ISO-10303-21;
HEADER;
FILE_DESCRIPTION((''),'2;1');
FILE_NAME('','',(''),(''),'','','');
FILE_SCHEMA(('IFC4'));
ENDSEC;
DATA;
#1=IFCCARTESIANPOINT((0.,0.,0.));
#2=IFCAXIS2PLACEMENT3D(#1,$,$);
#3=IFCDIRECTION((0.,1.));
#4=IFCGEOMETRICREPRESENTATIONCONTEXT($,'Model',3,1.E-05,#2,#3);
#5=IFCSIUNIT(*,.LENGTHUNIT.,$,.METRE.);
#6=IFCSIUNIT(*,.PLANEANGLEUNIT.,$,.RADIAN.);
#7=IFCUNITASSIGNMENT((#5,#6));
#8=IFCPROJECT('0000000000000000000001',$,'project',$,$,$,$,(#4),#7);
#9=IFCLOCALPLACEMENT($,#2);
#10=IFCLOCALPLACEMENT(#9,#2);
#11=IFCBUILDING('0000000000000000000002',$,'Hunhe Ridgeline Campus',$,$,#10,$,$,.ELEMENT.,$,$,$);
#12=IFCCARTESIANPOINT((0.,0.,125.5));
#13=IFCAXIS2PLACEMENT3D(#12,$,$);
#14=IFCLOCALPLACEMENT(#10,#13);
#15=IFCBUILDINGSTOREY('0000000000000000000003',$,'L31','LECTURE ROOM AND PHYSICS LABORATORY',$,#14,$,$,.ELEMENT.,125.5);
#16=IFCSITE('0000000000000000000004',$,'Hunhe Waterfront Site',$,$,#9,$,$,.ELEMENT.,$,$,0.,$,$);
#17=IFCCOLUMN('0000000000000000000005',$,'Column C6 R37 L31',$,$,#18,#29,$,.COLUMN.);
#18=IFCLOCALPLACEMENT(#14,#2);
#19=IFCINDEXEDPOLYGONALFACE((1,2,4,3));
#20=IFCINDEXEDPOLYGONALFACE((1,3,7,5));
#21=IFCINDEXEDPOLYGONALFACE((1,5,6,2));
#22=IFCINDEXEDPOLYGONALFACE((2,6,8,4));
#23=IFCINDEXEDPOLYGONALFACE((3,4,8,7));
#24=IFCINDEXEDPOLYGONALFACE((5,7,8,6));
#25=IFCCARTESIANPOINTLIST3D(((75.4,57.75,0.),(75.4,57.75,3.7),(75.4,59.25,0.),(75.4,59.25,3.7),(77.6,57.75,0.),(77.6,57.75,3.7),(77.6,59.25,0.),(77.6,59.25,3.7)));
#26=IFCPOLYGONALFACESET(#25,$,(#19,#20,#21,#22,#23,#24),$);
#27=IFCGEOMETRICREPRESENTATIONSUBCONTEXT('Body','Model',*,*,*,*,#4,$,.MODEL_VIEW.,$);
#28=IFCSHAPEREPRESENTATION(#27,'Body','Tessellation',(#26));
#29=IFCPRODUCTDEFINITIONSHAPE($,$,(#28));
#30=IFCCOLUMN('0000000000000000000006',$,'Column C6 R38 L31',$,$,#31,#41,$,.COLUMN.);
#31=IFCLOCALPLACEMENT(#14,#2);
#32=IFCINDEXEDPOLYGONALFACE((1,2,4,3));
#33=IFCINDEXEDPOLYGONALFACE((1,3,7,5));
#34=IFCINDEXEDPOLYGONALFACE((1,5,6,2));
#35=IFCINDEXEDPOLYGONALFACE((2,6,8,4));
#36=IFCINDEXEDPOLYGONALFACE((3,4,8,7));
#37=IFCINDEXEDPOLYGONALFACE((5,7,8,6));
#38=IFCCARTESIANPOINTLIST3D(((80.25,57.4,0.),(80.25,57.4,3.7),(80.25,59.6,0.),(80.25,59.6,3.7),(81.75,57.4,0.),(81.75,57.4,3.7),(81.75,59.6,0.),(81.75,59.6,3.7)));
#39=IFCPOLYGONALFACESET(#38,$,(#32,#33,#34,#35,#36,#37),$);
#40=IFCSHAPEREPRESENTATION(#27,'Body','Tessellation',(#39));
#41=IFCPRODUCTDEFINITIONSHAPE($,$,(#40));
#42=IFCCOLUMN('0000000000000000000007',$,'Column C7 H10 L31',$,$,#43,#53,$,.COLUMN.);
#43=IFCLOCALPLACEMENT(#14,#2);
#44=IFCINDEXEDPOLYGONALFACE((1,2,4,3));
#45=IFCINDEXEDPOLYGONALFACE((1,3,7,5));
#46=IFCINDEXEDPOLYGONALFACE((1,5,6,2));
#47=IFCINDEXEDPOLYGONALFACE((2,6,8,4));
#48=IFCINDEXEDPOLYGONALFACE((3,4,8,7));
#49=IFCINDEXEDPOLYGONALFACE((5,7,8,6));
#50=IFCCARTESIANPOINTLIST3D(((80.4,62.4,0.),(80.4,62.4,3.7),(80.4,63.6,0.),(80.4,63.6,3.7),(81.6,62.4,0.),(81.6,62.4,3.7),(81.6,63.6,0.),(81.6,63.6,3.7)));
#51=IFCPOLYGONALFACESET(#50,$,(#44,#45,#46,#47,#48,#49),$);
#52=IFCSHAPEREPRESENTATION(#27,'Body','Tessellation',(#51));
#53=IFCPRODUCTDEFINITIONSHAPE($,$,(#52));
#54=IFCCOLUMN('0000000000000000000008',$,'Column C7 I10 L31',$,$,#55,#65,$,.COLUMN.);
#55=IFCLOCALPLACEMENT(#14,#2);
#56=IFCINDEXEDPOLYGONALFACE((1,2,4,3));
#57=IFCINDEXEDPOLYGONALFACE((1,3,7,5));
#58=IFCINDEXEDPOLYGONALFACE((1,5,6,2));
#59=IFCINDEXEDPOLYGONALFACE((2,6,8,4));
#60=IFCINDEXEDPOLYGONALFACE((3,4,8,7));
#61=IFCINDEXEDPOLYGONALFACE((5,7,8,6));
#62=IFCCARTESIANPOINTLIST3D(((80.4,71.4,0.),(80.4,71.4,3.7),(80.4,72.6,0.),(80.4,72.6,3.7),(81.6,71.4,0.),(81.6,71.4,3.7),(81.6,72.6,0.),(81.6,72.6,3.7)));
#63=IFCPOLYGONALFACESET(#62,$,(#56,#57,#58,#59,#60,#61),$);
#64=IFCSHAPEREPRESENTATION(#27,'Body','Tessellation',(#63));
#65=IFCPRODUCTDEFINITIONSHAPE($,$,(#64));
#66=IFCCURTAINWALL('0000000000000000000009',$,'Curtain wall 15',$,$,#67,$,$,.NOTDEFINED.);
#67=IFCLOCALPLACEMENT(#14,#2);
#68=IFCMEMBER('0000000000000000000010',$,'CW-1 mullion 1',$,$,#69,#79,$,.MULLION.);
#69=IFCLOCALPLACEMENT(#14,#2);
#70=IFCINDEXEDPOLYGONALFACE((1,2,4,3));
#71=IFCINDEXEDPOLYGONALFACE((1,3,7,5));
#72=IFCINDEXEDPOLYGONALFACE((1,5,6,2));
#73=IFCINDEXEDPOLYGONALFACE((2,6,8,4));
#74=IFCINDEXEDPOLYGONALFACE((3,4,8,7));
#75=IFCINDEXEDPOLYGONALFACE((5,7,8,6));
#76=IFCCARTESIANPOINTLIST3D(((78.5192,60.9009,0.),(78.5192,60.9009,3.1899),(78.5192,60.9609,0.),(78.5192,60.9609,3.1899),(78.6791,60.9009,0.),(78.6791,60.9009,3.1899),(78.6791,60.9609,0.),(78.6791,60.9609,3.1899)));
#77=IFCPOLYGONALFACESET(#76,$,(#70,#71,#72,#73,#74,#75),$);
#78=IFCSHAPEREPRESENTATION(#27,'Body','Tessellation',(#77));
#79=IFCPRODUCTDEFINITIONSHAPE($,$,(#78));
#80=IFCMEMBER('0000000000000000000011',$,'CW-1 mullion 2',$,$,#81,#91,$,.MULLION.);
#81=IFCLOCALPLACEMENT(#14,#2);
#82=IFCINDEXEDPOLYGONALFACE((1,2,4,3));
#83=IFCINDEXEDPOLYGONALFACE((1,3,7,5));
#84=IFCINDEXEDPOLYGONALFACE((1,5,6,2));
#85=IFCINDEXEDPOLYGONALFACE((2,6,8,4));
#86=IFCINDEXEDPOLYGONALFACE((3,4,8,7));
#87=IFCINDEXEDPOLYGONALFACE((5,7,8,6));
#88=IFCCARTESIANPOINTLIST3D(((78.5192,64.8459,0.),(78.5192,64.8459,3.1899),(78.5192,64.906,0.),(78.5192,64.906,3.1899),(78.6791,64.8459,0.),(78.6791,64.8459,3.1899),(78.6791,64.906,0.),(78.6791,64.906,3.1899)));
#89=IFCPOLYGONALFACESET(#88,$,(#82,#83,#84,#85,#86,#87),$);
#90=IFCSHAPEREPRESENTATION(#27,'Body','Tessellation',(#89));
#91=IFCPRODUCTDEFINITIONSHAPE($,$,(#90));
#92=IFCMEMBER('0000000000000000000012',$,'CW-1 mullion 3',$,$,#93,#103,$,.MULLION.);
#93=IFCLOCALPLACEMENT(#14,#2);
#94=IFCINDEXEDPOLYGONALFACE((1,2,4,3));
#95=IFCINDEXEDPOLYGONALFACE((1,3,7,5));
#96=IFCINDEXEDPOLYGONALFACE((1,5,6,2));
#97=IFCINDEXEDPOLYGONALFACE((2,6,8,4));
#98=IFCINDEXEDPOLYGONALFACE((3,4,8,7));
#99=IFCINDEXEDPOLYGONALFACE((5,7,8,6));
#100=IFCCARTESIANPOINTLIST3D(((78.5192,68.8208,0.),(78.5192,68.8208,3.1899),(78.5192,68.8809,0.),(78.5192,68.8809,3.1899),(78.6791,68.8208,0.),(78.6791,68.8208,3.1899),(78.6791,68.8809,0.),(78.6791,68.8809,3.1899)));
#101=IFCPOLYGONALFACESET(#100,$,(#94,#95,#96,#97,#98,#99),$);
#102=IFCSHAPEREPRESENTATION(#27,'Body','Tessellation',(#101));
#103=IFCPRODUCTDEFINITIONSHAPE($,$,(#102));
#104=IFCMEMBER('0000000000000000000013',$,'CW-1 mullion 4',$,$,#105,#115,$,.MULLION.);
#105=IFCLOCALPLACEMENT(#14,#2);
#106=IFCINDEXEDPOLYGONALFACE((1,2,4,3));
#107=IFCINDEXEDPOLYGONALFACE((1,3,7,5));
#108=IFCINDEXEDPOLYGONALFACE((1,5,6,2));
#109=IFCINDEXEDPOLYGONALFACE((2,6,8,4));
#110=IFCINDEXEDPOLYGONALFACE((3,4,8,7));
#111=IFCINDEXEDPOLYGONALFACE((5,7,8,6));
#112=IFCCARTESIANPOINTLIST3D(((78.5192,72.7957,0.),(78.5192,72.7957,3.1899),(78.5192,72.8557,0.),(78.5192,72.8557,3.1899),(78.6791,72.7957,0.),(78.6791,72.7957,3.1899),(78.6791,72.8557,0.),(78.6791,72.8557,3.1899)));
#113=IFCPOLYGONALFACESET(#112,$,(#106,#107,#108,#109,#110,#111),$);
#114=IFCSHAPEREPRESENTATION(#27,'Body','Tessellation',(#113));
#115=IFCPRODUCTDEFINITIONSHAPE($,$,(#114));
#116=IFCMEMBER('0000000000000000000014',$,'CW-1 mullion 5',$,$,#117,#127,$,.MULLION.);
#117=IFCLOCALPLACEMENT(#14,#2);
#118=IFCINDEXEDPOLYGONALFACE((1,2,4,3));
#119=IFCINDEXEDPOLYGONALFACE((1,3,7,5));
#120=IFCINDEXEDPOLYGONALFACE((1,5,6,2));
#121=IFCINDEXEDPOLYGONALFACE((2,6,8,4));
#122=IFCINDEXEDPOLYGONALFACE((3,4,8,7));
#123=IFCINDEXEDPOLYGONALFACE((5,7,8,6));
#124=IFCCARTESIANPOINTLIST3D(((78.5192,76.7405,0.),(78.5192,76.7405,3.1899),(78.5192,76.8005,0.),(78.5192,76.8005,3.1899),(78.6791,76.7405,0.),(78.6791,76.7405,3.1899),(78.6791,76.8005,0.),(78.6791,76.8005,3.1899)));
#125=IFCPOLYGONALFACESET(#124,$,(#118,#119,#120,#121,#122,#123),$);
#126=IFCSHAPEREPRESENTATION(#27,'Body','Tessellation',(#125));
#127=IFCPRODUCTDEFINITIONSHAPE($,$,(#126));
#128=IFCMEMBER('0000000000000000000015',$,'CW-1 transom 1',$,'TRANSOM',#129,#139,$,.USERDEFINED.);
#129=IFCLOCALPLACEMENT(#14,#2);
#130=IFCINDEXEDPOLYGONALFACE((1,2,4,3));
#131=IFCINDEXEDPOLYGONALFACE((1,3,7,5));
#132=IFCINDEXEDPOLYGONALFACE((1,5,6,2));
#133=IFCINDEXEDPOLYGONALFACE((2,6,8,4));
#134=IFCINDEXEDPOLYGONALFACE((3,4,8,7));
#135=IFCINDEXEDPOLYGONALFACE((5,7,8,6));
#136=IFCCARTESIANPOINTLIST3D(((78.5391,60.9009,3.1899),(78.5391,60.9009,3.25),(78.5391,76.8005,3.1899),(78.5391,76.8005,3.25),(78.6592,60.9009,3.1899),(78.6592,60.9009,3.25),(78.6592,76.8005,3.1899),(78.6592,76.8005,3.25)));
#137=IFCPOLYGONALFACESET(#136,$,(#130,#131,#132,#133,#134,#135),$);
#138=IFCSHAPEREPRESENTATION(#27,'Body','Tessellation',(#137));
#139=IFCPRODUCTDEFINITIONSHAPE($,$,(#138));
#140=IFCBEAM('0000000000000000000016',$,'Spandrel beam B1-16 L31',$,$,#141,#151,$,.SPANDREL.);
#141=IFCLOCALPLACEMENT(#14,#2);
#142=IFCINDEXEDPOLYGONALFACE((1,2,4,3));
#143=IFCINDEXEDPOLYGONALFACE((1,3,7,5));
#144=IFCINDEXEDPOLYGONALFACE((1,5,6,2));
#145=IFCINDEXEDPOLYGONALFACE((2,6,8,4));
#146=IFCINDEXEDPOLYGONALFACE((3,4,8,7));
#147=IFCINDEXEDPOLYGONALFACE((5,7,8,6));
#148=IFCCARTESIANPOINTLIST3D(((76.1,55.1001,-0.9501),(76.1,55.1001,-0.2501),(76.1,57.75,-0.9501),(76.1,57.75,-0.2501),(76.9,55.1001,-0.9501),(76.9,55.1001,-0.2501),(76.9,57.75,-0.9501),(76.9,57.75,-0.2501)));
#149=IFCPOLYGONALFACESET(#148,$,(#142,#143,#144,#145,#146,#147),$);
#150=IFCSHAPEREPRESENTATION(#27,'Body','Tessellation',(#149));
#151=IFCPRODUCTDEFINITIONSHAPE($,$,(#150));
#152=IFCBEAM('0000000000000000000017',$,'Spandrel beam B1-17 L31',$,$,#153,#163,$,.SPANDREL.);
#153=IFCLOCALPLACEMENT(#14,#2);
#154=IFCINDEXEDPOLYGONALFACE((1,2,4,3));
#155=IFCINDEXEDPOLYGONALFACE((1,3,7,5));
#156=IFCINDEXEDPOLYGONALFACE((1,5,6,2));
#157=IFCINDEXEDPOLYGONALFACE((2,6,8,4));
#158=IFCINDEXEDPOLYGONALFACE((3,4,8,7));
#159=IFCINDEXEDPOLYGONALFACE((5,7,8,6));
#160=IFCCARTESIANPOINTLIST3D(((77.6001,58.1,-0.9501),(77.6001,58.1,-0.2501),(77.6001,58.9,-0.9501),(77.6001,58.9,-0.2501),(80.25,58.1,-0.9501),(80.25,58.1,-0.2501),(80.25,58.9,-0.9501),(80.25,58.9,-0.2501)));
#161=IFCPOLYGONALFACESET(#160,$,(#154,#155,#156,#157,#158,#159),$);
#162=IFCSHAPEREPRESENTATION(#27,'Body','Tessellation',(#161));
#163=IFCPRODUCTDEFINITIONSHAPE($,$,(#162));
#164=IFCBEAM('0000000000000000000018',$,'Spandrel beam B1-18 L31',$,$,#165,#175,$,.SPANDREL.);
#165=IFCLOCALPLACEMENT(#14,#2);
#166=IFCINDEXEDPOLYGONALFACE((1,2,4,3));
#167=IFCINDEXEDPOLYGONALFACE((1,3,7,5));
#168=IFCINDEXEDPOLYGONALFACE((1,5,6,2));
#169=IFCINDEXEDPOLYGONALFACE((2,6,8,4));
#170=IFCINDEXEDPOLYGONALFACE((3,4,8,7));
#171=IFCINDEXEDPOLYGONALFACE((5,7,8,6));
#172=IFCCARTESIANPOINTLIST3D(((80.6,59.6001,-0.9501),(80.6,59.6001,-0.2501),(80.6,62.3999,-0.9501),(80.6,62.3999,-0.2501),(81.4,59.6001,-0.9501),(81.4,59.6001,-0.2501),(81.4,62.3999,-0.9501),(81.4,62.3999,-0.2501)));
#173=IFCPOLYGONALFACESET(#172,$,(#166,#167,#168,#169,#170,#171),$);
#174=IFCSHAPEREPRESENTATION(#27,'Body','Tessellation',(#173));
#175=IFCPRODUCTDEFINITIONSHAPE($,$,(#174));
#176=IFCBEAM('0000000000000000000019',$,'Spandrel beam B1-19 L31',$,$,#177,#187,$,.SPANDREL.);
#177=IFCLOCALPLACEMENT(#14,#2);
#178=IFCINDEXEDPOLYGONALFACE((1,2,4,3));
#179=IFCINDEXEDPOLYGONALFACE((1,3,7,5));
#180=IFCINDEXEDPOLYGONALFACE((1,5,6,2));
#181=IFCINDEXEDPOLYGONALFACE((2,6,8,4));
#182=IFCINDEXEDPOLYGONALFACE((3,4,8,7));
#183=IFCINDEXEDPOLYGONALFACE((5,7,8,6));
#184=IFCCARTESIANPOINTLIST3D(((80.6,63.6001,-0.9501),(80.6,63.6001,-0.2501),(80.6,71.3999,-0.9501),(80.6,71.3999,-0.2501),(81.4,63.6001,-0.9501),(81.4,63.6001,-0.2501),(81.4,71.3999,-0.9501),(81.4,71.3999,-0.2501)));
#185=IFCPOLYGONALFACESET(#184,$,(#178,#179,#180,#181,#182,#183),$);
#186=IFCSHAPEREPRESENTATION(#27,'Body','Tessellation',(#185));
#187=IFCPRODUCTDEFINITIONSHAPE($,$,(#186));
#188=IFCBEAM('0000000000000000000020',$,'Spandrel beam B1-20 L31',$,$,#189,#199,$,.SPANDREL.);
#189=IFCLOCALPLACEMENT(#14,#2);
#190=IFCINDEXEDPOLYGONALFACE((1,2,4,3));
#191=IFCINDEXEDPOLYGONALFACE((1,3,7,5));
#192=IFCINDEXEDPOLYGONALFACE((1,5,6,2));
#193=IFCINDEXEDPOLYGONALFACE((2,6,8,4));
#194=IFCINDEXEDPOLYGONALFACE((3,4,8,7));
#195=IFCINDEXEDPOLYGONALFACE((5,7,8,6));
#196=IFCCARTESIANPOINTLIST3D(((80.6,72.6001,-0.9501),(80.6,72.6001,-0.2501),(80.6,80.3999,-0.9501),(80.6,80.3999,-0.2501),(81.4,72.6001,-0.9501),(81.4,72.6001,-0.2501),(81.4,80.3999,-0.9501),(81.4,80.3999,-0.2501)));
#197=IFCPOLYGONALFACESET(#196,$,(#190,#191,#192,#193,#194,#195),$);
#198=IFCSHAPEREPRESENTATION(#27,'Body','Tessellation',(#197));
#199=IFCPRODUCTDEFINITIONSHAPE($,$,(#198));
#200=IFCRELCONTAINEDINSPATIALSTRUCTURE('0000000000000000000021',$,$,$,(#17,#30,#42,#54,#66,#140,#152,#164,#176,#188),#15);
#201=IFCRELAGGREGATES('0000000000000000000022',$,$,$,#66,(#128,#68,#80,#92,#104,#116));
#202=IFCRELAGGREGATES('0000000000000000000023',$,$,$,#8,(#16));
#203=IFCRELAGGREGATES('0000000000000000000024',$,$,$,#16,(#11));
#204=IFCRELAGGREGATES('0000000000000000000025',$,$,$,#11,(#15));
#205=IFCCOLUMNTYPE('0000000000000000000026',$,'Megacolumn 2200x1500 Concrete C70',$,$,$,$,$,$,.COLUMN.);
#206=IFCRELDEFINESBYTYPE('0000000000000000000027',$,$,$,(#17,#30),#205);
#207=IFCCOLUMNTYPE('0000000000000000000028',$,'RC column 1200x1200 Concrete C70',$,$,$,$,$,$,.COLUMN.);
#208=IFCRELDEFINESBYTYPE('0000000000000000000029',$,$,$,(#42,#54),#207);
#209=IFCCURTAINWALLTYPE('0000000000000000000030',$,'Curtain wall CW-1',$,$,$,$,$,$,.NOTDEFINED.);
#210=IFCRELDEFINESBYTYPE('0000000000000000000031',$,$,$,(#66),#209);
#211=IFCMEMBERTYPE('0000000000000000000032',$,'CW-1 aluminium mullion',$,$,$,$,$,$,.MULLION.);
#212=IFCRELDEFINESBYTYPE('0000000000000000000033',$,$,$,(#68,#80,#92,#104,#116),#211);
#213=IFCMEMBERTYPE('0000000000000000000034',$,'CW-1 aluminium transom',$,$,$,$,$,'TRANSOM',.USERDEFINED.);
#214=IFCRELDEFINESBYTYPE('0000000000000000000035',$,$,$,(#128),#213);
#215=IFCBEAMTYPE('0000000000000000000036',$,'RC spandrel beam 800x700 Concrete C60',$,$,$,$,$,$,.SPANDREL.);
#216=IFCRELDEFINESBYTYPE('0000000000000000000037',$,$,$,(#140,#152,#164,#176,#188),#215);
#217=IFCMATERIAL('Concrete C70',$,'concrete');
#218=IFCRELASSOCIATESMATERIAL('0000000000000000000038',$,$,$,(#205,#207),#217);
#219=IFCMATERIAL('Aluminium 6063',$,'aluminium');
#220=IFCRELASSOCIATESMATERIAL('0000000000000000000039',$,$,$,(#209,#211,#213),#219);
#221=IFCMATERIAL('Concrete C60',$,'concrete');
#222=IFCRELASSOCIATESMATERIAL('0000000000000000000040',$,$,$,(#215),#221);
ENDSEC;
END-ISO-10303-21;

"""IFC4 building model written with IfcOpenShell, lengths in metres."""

from ifc_helpers import new_model, si_unit, direction, frame, origin, origin_2d, place, context, subcontext, project, spatial, rectangle, extrude, material, material_profile, profile_set, type_object, element, aggregate, save


model = new_model("IFC4")

# Units and contexts
model_context = context("Model", 3, precision=1e-05, world=origin(), true_north=direction((0.0, 1.0)))
body_context = subcontext(model_context, "Body", "Model", "MODEL_VIEW")
ifc_project = project(units=[si_unit("LENGTHUNIT", "METRE"), si_unit("PLANEANGLEUNIT", "RADIAN")], contexts=[model_context])

# Site, building, storey
site_placement = place(None, origin())
site = spatial("IfcSite", under=ifc_project, at=site_placement, Name="Hunhe Waterfront Site", CompositionType="ELEMENT", RefElevation=0.0)
building_placement = place(site_placement, origin())
building = spatial("IfcBuilding", under=site, at=building_placement, Name="Hunhe Ridgeline Campus", CompositionType="ELEMENT")
storey_placement = place(building_placement, frame((0.0, 0.0, 125.5)))
storey = spatial("IfcBuildingStorey", under=building, at=storey_placement, Name="L31", Description="LECTURE ROOM AND PHYSICS LABORATORY", CompositionType="ELEMENT", Elevation=125.5)

# Columns
ifc_material_1 = material(Name="Concrete C70", Category="concrete")
ifc_material_profile_1 = material_profile(ifc_material_1, rectangle(XDim=2.2, YDim=1.5, at=origin_2d()))
ifc_profile_set_1 = profile_set([ifc_material_profile_1], Name="Concrete C70")
column_type_1 = type_object("IfcColumnType", Name="Megacolumn 2200x1500 Concrete C70", PredefinedType="COLUMN", material=ifc_profile_set_1)
for number, where, z_axis, x_axis, name in (
    (1, (76.5, 58.5, 0.0), (0.0, 0.0, 1.0), (1.0, 0.0, 0.0), "Column C6 R37 L31"),
    (2, (81.0, 58.5, 0.0), (0.0, 0.0, 1.0), (0.0, 1.0, 0.0), "Column C6 R38 L31"),
):
    element("IfcColumn", number, at=place(storey_placement, frame(where, z_axis=z_axis, x_axis=x_axis)), inside=storey, type_object=column_type_1, Name=name, PredefinedType="COLUMN", context=body_context, shape_type="SweptSolid", body=[
        extrude(rectangle(XDim=2.2, YDim=1.5, at=origin_2d()), origin(), (0.0, 0.0, 1.0), 3.7),
    ])
ifc_material_profile_2 = material_profile(ifc_material_1, rectangle(XDim=1.2, YDim=1.2, at=origin_2d()))
ifc_profile_set_2 = profile_set([ifc_material_profile_2], Name="Concrete C70")
column_type_2 = type_object("IfcColumnType", Name="RC column 1200x1200 Concrete C70", PredefinedType="COLUMN", material=ifc_profile_set_2)
for number, where, z_axis, x_axis, name in (
    (3, (81.0, 63.0, 0.0), (0.0, 0.0, 1.0), (1.0, 0.0, 0.0), "Column C7 H10 L31"),
    (4, (81.0, 72.0, 0.0), (0.0, 0.0, 1.0), (1.0, 0.0, 0.0), "Column C7 I10 L31"),
):
    element("IfcColumn", number, at=place(storey_placement, frame(where, z_axis=z_axis, x_axis=x_axis)), inside=storey, type_object=column_type_2, Name=name, PredefinedType="COLUMN", context=body_context, shape_type="SweptSolid", body=[
        extrude(rectangle(XDim=1.2, YDim=1.2, at=origin_2d()), origin(), (0.0, 0.0, 1.0), 3.7),
    ])

# Curtain wall, members
ifc_material_2 = material(Name="Aluminium 6063", Category="aluminium")
curtain_wall_type = type_object("IfcCurtainWallType", Name="Curtain wall CW-1", PredefinedType="NOTDEFINED", material=ifc_material_2)
curtain_wall_placement = place(storey_placement, origin())
curtain_wall = element("IfcCurtainWall", 5, at=curtain_wall_placement, inside=storey, type_object=curtain_wall_type, Name="Curtain wall 15", PredefinedType="NOTDEFINED")
ifc_material_profile_3 = material_profile(ifc_material_2, rectangle(XDim=0.1599, YDim=0.0601, at=origin_2d()))
ifc_profile_set_3 = profile_set([ifc_material_profile_3], Name="Aluminium 6063")
member_type_1 = type_object("IfcMemberType", Name="CW-1 aluminium mullion", PredefinedType="MULLION", material=ifc_profile_set_3)
member_1_placement = place(storey_placement, frame((78.5991, 60.9309, 0.0), z_axis=(0.0, 0.0, 1.0), x_axis=(-1.0, 0.0, 0.0)))
member_1 = element("IfcMember", 6, at=member_1_placement, type_object=member_type_1, Name="CW-1 mullion 1", PredefinedType="MULLION", context=body_context, shape_type="SweptSolid", body=[
    extrude(rectangle(XDim=0.1599, YDim=0.0601, at=origin_2d()), origin(), (0.0, 0.0, 1.0), 3.1899),
])
member_2_placement = place(storey_placement, frame((78.5991, 64.876, 0.0), z_axis=(0.0, 0.0, 1.0), x_axis=(-1.0, 0.0, 0.0)))
member_2 = element("IfcMember", 7, at=member_2_placement, type_object=member_type_1, Name="CW-1 mullion 2", PredefinedType="MULLION", context=body_context, shape_type="SweptSolid", body=[
    extrude(rectangle(XDim=0.1599, YDim=0.0601, at=origin_2d()), origin(), (0.0, 0.0, 1.0), 3.1899),
])
member_3_placement = place(storey_placement, frame((78.5991, 68.8508, 0.0), z_axis=(0.0, 0.0, 1.0), x_axis=(-1.0, 0.0, 0.0)))
member_3 = element("IfcMember", 8, at=member_3_placement, type_object=member_type_1, Name="CW-1 mullion 3", PredefinedType="MULLION", context=body_context, shape_type="SweptSolid", body=[
    extrude(rectangle(XDim=0.1599, YDim=0.0601, at=origin_2d()), origin(), (0.0, 0.0, 1.0), 3.1899),
])
member_4_placement = place(storey_placement, frame((78.5991, 72.8257, 0.0), z_axis=(0.0, 0.0, 1.0), x_axis=(-1.0, 0.0, 0.0)))
member_4 = element("IfcMember", 9, at=member_4_placement, type_object=member_type_1, Name="CW-1 mullion 4", PredefinedType="MULLION", context=body_context, shape_type="SweptSolid", body=[
    extrude(rectangle(XDim=0.1599, YDim=0.0601, at=origin_2d()), origin(), (0.0, 0.0, 1.0), 3.1899),
])
member_5_placement = place(storey_placement, frame((78.5991, 76.7705, 0.0), z_axis=(0.0, 0.0, 1.0), x_axis=(-1.0, 0.0, 0.0)))
member_5 = element("IfcMember", 10, at=member_5_placement, type_object=member_type_1, Name="CW-1 mullion 5", PredefinedType="MULLION", context=body_context, shape_type="SweptSolid", body=[
    extrude(rectangle(XDim=0.1599, YDim=0.0601, at=origin_2d()), origin(), (0.0, 0.0, 1.0), 3.1899),
])
ifc_material_profile_4 = material_profile(ifc_material_2, rectangle(XDim=0.1201, YDim=0.0601, at=origin_2d()))
ifc_profile_set_4 = profile_set([ifc_material_profile_4], Name="Aluminium 6063")
member_type_2 = type_object("IfcMemberType", Name="CW-1 aluminium transom", ElementType="TRANSOM", PredefinedType="USERDEFINED", material=ifc_profile_set_4)
member_6_placement = place(storey_placement, frame((78.5991, 60.9009, 3.22), z_axis=(0.0, 1.0, 0.0), x_axis=(-1.0, 0.0, 0.0)))
member_6 = element("IfcMember", 11, at=member_6_placement, type_object=member_type_2, Name="CW-1 transom 1", ObjectType="TRANSOM", PredefinedType="USERDEFINED", context=body_context, shape_type="SweptSolid", body=[
    extrude(rectangle(XDim=0.1201, YDim=0.0601, at=origin_2d()), origin(), (0.0, 0.0, 1.0), 15.8997),
])

# Beams
ifc_material_3 = material(Name="Concrete C60", Category="concrete")
ifc_material_profile_5 = material_profile(ifc_material_3, rectangle(XDim=0.8, YDim=0.7, at=origin_2d()))
ifc_profile_set_5 = profile_set([ifc_material_profile_5], Name="Concrete C60")
beam_type = type_object("IfcBeamType", Name="RC spandrel beam 800x700 Concrete C60", PredefinedType="SPANDREL", material=ifc_profile_set_5)
for number, where, z_axis, x_axis, name in (
    (12, (76.5, 55.1001, -0.6001), (0.0, 1.0, 0.0), (-1.0, 0.0, 0.0), "Spandrel beam B1-16 L31"),
    (13, (77.6001, 58.5, -0.6001), (1.0, 0.0, 0.0), (0.0, 1.0, 0.0), "Spandrel beam B1-17 L31"),
):
    element("IfcBeam", number, at=place(storey_placement, frame(where, z_axis=z_axis, x_axis=x_axis)), inside=storey, type_object=beam_type, Name=name, PredefinedType="SPANDREL", context=body_context, shape_type="SweptSolid", body=[
        extrude(rectangle(XDim=0.8, YDim=0.7, at=origin_2d()), origin(), (0.0, 0.0, 1.0), 2.6499),
    ])
beam_placement = place(storey_placement, frame((81.0, 59.6001, -0.6001), z_axis=(0.0, 1.0, 0.0), x_axis=(-1.0, 0.0, 0.0)))
element("IfcBeam", 14, at=beam_placement, inside=storey, type_object=beam_type, Name="Spandrel beam B1-18 L31", PredefinedType="SPANDREL", context=body_context, shape_type="SweptSolid", body=[
    extrude(rectangle(XDim=0.8, YDim=0.7, at=origin_2d()), origin(), (0.0, 0.0, 1.0), 2.7998),
])
for number, where, z_axis, x_axis, name in (
    (15, (81.0, 63.6001, -0.6001), (0.0, 1.0, 0.0), (-1.0, 0.0, 0.0), "Spandrel beam B1-19 L31"),
    (16, (81.0, 72.6001, -0.6001), (0.0, 1.0, 0.0), (-1.0, 0.0, 0.0), "Spandrel beam B1-20 L31"),
):
    element("IfcBeam", number, at=place(storey_placement, frame(where, z_axis=z_axis, x_axis=x_axis)), inside=storey, type_object=beam_type, Name=name, PredefinedType="SPANDREL", context=body_context, shape_type="SweptSolid", body=[
        extrude(rectangle(XDim=0.8, YDim=0.7, at=origin_2d()), origin(), (0.0, 0.0, 1.0), 7.7998),
    ])

aggregate(curtain_wall, [member_6, member_1, member_2, member_3, member_4, member_5])

save(model, "model.ifc")
